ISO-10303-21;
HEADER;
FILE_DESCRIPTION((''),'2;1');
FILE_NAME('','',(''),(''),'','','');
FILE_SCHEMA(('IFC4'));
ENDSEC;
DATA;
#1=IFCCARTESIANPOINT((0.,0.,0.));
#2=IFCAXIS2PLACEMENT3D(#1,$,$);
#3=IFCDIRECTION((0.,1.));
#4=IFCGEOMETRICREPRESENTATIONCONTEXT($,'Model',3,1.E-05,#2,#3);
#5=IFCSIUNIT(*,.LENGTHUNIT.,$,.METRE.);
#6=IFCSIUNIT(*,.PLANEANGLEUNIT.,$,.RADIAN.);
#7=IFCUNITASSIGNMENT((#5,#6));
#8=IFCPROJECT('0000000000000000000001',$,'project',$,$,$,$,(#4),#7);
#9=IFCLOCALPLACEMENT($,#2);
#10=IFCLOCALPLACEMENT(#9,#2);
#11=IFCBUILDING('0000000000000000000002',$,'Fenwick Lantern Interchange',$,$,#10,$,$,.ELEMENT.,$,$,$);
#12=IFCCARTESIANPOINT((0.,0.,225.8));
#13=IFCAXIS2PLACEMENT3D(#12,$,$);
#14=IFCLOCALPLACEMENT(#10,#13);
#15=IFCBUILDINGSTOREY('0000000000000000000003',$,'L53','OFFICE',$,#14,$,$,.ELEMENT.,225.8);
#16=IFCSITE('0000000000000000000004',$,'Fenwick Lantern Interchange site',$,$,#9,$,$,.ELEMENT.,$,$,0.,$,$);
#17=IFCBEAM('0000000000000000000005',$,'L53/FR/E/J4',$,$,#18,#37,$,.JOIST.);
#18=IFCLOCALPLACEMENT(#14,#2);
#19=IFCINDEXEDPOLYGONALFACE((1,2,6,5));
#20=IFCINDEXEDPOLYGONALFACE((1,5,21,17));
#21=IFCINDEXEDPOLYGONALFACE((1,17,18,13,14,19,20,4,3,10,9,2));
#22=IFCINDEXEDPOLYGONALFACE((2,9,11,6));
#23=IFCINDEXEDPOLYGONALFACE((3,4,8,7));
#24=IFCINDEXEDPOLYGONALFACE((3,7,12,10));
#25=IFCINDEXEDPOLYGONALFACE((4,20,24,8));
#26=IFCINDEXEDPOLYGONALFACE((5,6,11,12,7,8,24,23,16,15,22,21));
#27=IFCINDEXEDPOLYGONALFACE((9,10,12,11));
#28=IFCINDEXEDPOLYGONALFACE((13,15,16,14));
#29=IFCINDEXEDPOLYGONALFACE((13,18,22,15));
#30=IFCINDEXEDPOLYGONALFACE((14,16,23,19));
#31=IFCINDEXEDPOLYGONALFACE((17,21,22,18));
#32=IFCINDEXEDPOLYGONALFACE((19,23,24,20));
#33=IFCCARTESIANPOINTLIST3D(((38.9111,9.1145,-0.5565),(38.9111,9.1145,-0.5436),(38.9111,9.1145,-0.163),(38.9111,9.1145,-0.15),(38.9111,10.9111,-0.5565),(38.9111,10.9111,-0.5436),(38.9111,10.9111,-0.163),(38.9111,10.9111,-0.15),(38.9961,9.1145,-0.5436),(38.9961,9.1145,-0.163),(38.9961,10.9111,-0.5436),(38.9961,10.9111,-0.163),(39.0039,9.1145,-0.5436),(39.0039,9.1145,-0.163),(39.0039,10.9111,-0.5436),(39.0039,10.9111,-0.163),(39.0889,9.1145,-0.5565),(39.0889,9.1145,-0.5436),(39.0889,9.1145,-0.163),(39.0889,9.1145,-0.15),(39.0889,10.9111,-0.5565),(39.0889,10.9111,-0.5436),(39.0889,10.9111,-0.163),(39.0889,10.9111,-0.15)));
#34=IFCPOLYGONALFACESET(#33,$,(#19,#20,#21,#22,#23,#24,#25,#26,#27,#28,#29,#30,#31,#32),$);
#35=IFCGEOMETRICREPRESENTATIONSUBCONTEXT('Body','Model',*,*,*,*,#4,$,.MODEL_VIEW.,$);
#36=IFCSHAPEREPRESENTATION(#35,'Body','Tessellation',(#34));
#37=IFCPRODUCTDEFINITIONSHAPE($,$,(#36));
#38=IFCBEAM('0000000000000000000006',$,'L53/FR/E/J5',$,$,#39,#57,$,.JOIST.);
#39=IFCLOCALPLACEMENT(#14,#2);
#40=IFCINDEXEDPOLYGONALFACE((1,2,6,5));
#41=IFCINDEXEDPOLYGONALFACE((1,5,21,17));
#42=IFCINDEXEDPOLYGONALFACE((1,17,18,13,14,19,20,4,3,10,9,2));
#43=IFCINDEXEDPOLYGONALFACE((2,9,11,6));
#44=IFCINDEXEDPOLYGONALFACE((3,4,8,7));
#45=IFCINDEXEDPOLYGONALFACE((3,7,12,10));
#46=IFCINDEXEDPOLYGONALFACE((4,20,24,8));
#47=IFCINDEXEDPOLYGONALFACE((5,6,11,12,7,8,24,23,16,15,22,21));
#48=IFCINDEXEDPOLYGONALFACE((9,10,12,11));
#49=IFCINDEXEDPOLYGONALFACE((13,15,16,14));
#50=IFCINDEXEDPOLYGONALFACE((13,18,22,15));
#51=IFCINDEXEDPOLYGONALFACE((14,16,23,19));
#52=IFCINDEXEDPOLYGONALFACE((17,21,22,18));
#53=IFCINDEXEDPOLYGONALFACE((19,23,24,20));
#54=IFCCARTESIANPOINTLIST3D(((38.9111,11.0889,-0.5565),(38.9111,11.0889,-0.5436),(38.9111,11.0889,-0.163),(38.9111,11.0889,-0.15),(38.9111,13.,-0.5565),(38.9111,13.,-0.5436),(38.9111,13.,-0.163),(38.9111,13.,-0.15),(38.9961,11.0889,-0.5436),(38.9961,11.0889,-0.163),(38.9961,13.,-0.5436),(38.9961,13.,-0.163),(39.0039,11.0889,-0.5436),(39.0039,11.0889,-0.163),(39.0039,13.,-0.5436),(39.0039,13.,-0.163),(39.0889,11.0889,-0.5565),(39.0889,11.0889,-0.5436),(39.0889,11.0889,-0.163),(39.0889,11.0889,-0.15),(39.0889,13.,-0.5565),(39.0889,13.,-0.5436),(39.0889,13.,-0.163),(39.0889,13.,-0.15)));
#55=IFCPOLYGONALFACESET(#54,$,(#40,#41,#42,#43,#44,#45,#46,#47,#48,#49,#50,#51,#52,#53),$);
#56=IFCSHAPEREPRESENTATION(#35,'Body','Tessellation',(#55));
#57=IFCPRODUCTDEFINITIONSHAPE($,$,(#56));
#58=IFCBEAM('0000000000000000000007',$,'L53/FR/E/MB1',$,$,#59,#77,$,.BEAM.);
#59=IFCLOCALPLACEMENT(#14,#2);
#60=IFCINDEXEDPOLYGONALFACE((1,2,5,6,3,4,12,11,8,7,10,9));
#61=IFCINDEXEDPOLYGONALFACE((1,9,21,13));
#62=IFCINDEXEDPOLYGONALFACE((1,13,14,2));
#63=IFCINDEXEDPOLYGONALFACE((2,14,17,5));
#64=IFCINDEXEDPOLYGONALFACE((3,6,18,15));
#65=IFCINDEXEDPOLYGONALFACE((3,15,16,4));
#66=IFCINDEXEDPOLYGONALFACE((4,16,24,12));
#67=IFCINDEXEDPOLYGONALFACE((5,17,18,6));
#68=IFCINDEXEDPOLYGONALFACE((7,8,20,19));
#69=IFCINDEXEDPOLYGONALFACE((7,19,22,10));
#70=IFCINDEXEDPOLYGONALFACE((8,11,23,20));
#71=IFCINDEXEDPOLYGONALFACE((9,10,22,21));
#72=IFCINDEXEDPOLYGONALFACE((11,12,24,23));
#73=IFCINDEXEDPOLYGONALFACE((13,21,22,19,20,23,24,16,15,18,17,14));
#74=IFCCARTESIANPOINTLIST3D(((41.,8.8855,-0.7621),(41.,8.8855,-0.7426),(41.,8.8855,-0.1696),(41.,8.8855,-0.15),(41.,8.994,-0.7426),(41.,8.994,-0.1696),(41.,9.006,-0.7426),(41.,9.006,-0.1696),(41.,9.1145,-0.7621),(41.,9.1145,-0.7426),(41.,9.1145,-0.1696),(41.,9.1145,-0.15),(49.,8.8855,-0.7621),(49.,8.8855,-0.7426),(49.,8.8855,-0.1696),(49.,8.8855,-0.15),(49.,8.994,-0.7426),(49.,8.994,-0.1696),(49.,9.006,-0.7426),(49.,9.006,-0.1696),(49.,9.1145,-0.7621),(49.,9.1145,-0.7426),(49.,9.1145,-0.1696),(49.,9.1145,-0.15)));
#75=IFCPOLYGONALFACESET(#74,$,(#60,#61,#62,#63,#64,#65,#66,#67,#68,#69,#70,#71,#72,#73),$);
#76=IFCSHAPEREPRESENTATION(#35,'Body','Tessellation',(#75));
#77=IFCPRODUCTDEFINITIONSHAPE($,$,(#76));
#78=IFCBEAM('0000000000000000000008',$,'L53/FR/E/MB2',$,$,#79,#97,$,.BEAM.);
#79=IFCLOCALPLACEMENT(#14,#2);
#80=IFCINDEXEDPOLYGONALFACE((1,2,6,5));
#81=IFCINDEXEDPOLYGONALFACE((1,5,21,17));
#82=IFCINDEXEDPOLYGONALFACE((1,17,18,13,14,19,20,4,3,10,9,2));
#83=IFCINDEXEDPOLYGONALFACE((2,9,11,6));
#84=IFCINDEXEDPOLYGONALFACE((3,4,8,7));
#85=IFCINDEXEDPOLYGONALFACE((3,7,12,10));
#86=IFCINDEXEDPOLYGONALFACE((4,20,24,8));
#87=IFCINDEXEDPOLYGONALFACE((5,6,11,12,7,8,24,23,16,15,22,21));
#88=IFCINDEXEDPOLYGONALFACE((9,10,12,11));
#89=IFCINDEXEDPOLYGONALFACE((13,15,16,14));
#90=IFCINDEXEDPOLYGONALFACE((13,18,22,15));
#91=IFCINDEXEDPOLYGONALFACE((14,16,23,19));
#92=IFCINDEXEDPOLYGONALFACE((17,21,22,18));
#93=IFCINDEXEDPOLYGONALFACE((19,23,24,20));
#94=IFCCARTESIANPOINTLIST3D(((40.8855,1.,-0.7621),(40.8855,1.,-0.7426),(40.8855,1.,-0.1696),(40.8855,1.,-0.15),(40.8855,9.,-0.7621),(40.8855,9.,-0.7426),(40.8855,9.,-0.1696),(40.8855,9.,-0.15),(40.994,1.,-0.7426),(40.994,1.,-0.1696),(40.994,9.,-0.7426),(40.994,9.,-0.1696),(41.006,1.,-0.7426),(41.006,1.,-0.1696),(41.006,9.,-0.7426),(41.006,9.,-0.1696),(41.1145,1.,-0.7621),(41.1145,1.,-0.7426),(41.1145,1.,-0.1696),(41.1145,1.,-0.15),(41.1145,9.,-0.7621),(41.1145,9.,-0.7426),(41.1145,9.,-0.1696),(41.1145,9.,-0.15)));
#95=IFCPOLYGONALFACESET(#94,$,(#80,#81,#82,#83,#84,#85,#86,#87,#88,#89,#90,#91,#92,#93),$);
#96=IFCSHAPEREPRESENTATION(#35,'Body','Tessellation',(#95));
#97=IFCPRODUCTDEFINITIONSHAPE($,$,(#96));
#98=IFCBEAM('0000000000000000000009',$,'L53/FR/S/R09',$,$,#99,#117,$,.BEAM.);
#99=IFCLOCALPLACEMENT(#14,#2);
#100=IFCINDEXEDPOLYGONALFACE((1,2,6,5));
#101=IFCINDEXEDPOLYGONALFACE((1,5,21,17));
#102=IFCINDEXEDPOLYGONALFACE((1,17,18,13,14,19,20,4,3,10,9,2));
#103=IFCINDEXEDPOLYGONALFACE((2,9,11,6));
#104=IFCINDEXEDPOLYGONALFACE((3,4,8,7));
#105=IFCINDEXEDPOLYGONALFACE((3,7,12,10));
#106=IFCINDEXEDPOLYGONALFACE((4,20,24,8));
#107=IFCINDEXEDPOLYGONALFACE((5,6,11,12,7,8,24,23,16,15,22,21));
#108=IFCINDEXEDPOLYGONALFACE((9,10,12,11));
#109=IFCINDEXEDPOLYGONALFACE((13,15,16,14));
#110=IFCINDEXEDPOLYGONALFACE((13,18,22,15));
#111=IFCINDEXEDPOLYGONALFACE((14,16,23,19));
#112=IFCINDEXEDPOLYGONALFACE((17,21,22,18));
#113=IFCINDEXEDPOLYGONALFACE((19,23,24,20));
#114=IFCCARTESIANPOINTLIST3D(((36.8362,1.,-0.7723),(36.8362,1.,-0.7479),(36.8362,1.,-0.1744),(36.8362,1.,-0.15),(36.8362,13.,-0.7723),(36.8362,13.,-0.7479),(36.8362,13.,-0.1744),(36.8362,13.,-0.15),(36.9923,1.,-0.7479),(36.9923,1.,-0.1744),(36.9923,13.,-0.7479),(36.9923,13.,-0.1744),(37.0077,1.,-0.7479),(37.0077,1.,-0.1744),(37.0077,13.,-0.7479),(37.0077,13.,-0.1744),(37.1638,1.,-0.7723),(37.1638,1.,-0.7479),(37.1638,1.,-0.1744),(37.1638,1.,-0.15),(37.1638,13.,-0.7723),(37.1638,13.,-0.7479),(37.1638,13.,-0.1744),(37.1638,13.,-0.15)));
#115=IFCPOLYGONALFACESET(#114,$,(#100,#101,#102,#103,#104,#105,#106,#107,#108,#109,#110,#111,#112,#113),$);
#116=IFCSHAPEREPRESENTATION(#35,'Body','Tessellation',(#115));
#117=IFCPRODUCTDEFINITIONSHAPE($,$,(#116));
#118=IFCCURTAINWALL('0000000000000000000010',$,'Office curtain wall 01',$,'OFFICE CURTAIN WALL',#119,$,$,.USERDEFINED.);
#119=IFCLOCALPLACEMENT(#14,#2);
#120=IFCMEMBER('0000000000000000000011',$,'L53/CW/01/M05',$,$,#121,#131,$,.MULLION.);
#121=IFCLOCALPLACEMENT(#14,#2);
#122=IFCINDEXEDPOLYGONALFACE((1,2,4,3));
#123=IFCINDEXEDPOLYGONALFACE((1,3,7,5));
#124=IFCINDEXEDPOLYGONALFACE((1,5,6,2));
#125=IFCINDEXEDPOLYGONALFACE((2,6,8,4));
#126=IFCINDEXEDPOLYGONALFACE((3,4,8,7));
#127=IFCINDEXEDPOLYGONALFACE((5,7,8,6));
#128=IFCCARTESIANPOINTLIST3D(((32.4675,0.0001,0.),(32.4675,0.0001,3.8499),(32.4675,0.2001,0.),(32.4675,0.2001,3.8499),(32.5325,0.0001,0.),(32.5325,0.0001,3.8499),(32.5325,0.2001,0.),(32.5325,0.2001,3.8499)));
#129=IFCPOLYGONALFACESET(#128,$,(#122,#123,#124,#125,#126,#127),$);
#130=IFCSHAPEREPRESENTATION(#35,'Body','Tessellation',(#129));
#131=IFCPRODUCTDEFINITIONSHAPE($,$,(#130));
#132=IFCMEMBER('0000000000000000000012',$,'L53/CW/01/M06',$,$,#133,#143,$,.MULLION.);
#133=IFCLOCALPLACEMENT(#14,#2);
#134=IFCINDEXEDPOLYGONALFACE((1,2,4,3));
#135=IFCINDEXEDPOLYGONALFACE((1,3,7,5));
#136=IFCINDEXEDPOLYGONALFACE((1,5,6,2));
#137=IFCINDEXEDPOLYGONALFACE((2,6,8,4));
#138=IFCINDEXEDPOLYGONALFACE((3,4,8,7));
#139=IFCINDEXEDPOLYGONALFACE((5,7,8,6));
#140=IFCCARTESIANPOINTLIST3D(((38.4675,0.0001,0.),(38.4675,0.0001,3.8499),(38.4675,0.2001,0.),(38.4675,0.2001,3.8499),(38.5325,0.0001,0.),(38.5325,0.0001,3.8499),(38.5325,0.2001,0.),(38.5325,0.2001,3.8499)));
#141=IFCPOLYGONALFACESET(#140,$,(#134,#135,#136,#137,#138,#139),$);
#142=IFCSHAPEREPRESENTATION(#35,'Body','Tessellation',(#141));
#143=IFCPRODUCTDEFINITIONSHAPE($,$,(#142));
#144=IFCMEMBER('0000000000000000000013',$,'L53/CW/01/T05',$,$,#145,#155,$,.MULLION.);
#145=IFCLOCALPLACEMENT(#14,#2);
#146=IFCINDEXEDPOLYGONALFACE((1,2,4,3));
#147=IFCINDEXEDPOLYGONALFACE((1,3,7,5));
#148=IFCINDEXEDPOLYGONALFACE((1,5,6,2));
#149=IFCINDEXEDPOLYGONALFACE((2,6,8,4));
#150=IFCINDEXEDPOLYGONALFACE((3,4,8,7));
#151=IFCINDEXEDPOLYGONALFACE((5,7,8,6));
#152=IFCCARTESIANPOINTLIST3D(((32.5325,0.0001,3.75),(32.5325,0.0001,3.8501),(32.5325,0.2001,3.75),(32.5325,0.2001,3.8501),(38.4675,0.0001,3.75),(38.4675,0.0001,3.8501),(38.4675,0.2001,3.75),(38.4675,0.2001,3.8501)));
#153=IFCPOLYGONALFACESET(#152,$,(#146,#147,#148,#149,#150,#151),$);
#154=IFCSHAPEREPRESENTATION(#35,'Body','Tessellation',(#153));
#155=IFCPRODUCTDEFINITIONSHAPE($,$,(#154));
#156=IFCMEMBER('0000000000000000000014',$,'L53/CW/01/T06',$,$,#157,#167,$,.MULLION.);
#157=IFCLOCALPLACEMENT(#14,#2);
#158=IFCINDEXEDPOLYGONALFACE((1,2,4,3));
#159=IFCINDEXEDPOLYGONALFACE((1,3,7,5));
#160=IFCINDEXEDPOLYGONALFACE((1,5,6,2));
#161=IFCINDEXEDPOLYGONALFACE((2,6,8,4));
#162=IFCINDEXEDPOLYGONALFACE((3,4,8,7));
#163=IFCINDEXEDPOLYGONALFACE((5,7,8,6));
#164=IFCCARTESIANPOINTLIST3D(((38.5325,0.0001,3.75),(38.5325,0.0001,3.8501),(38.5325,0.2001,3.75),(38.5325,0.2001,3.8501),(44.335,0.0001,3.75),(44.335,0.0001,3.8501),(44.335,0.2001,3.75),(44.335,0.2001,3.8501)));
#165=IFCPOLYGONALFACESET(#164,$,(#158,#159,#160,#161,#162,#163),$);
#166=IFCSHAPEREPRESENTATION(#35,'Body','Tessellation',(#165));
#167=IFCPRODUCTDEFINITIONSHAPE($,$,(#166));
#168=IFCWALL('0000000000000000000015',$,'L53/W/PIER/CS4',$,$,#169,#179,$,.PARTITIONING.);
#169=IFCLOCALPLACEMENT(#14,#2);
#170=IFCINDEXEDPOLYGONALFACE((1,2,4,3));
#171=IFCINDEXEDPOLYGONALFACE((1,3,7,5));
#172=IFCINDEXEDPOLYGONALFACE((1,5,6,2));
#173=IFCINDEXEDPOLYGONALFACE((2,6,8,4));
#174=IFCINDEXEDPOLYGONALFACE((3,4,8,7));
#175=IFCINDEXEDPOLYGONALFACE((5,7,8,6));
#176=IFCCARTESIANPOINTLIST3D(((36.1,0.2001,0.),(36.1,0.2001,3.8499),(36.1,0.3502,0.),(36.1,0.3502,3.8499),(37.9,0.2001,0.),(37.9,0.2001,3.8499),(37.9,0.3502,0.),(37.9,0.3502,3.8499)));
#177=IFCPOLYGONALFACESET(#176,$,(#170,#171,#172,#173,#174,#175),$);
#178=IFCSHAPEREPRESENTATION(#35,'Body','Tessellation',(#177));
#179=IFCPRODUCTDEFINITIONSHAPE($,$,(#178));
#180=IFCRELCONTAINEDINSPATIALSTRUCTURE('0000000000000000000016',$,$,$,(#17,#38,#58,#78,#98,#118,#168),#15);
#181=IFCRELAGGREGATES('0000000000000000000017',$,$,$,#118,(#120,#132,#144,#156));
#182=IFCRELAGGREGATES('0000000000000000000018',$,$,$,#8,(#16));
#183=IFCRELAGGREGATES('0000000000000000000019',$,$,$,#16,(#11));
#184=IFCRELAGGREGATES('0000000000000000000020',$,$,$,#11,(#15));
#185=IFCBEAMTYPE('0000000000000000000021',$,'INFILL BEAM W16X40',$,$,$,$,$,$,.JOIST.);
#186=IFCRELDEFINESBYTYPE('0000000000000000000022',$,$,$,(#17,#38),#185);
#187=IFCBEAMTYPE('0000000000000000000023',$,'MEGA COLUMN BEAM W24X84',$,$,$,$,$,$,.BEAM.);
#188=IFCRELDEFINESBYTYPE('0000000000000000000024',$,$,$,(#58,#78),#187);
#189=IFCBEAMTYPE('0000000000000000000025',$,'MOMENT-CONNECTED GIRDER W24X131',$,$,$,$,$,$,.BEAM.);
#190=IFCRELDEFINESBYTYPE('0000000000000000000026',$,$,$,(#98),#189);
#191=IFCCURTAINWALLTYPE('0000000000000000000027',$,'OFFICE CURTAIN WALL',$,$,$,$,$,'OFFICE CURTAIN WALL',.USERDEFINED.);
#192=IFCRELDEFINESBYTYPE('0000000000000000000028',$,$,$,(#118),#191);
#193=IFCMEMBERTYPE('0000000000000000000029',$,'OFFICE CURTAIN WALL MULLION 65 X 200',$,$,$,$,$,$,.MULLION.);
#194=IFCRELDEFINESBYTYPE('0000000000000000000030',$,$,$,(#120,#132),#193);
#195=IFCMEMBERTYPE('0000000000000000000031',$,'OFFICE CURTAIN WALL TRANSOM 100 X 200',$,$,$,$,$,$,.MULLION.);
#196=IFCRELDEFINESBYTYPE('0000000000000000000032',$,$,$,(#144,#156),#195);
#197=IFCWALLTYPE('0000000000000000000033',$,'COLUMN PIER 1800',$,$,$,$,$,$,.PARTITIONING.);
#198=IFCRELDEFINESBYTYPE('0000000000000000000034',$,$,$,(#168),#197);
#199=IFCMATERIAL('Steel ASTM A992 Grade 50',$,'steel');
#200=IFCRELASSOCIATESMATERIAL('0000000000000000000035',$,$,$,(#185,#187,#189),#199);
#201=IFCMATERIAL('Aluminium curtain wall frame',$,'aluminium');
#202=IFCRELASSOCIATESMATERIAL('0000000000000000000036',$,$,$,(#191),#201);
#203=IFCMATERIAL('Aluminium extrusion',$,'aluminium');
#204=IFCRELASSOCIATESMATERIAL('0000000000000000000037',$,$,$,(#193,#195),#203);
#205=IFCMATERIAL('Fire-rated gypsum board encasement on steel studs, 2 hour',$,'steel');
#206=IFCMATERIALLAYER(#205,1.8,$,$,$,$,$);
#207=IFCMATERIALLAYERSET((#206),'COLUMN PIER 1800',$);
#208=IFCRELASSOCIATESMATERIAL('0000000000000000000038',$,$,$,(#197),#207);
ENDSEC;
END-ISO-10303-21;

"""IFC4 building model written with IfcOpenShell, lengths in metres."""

from ifc_helpers import new_model, si_unit, direction, frame, frame_2d, origin, origin_2d, place, context, subcontext, project, spatial, rectangle, i_section, extrude, material, layer, layer_set, material_profile, profile_set, type_object, element, aggregate, save


model = new_model("IFC4")

# Units and contexts
model_context = context("Model", 3, precision=1e-05, world=origin(), true_north=direction((0.0, 1.0)))
body_context = subcontext(model_context, "Body", "Model", "MODEL_VIEW")
ifc_project = project(units=[si_unit("LENGTHUNIT", "METRE"), si_unit("PLANEANGLEUNIT", "RADIAN")], contexts=[model_context])

# Site, building, storey
site_placement = place(None, origin())
site = spatial("IfcSite", under=ifc_project, at=site_placement, Name="Fenwick Lantern Interchange site", CompositionType="ELEMENT", RefElevation=0.0)
building_placement = place(site_placement, origin())
building = spatial("IfcBuilding", under=site, at=building_placement, Name="Fenwick Lantern Interchange", CompositionType="ELEMENT")
storey_placement = place(building_placement, frame((0.0, 0.0, 225.8)))
storey = spatial("IfcBuildingStorey", under=building, at=storey_placement, Name="L53", Description="OFFICE", CompositionType="ELEMENT", Elevation=225.8)

# Beams
ifc_material_1 = material(Name="Steel ASTM A992 Grade 50", Category="steel")
ifc_material_profile_1 = material_profile(ifc_material_1, i_section(OverallWidth=0.1777, OverallDepth=0.4065, WebThickness=0.0078, FlangeThickness=0.0129, at=origin_2d()), Name="W16X40")
ifc_profile_set_1 = profile_set([ifc_material_profile_1], Name="Steel ASTM A992 Grade 50")
beam_type_1 = type_object("IfcBeamType", Name="INFILL BEAM W16X40", PredefinedType="JOIST", material=ifc_profile_set_1)
beam_1_placement = place(storey_placement, frame((39.0, 9.1145, -0.3533), z_axis=(0.0, 1.0, 0.0), x_axis=(-1.0, 0.0, 0.0)))
element("IfcBeam", 1, at=beam_1_placement, inside=storey, type_object=beam_type_1, Name="L53/FR/E/J4", PredefinedType="JOIST", context=body_context, shape_type="SweptSolid", body=[
    extrude(i_section(OverallWidth=0.1777, OverallDepth=0.4065, WebThickness=0.0078, FlangeThickness=0.0129, at=origin_2d()), origin(), (0.0, 0.0, 1.0), 1.7966),
])
beam_2_placement = place(storey_placement, frame((39.0, 11.0889, -0.3533), z_axis=(0.0, 1.0, 0.0), x_axis=(-1.0, 0.0, 0.0)))
element("IfcBeam", 2, at=beam_2_placement, inside=storey, type_object=beam_type_1, Name="L53/FR/E/J5", PredefinedType="JOIST", context=body_context, shape_type="SweptSolid", body=[
    extrude(i_section(OverallWidth=0.1777, OverallDepth=0.4065, WebThickness=0.0078, FlangeThickness=0.0129, at=origin_2d()), origin(), (0.0, 0.0, 1.0), 1.9111),
])
ifc_material_profile_2 = material_profile(ifc_material_1, i_section(OverallWidth=0.229, OverallDepth=0.6121, WebThickness=0.012, FlangeThickness=0.0195, at=origin_2d()), Name="W24X84")
ifc_profile_set_2 = profile_set([ifc_material_profile_2], Name="Steel ASTM A992 Grade 50")
beam_type_2 = type_object("IfcBeamType", Name="MEGA COLUMN BEAM W24X84", PredefinedType="BEAM", material=ifc_profile_set_2)
for number, where, z_axis, x_axis, name in (
    (3, (41.0, 9.0, -0.4561), (1.0, 0.0, 0.0), (0.0, 1.0, 0.0), "L53/FR/E/MB1"),
    (4, (41.0, 9.0, -0.4561), (0.0, -1.0, 0.0), (1.0, 0.0, 0.0), "L53/FR/E/MB2"),
):
    element("IfcBeam", number, at=place(storey_placement, frame(where, z_axis=z_axis, x_axis=x_axis)), inside=storey, type_object=beam_type_2, Name=name, PredefinedType="BEAM", context=body_context, shape_type="SweptSolid", body=[
        extrude(i_section(OverallWidth=0.229, OverallDepth=0.6121, WebThickness=0.012, FlangeThickness=0.0195, at=origin_2d()), origin(), (0.0, 0.0, 1.0), 8.0),
    ])
ifc_material_profile_3 = material_profile(ifc_material_1, i_section(OverallWidth=0.3276, OverallDepth=0.6223, WebThickness=0.0154, FlangeThickness=0.0244, at=origin_2d()), Name="W24X131")
ifc_profile_set_3 = profile_set([ifc_material_profile_3], Name="Steel ASTM A992 Grade 50")
beam_type_3 = type_object("IfcBeamType", Name="MOMENT-CONNECTED GIRDER W24X131", PredefinedType="BEAM", material=ifc_profile_set_3)
beam_3_placement = place(storey_placement, frame((37.0, 1.0, -0.4612), z_axis=(0.0, 1.0, 0.0), x_axis=(-1.0, 0.0, 0.0)))
element("IfcBeam", 5, at=beam_3_placement, inside=storey, type_object=beam_type_3, Name="L53/FR/S/R09", PredefinedType="BEAM", context=body_context, shape_type="SweptSolid", body=[
    extrude(i_section(OverallWidth=0.3276, OverallDepth=0.6223, WebThickness=0.0154, FlangeThickness=0.0244, at=origin_2d()), origin(), (0.0, 0.0, 1.0), 12.0),
])

# Curtain wall, members
ifc_material_2 = material(Name="Aluminium curtain wall frame", Category="aluminium")
curtain_wall_type = type_object("IfcCurtainWallType", Name="OFFICE CURTAIN WALL", ElementType="OFFICE CURTAIN WALL", PredefinedType="USERDEFINED", material=ifc_material_2)
curtain_wall_placement = place(storey_placement, origin())
curtain_wall = element("IfcCurtainWall", 6, at=curtain_wall_placement, inside=storey, type_object=curtain_wall_type, Name="Office curtain wall 01", ObjectType="OFFICE CURTAIN WALL", PredefinedType="USERDEFINED")
ifc_material_3 = material(Name="Aluminium extrusion", Category="aluminium")
ifc_material_profile_4 = material_profile(ifc_material_3, rectangle(XDim=0.2, YDim=0.0649, at=origin_2d()), Name="OFFICE CURTAIN WALL MULLION 65 X 200")
ifc_profile_set_4 = profile_set([ifc_material_profile_4], Name="Aluminium extrusion")
member_type_1 = type_object("IfcMemberType", Name="OFFICE CURTAIN WALL MULLION 65 X 200", PredefinedType="MULLION", material=ifc_profile_set_4)
member_1_placement = place(storey_placement, frame((32.5, 0.1001, 0.0), z_axis=(0.0, 0.0, 1.0), x_axis=(0.0, 1.0, 0.0)))
member_1 = element("IfcMember", 7, at=member_1_placement, type_object=member_type_1, Name="L53/CW/01/M05", PredefinedType="MULLION", context=body_context, shape_type="SweptSolid", body=[
    extrude(rectangle(XDim=0.2, YDim=0.0649, at=origin_2d()), origin(), (0.0, 0.0, 1.0), 3.8499),
])
member_2_placement = place(storey_placement, frame((38.5, 0.1001, 0.0), z_axis=(0.0, 0.0, 1.0), x_axis=(0.0, 1.0, 0.0)))
member_2 = element("IfcMember", 8, at=member_2_placement, type_object=member_type_1, Name="L53/CW/01/M06", PredefinedType="MULLION", context=body_context, shape_type="SweptSolid", body=[
    extrude(rectangle(XDim=0.2, YDim=0.0649, at=origin_2d()), origin(), (0.0, 0.0, 1.0), 3.8499),
])
ifc_material_profile_5 = material_profile(ifc_material_3, rectangle(XDim=0.2, YDim=0.1001, at=origin_2d()), Name="OFFICE CURTAIN WALL TRANSOM 100 X 200")
ifc_profile_set_5 = profile_set([ifc_material_profile_5], Name="Aluminium extrusion")
member_type_2 = type_object("IfcMemberType", Name="OFFICE CURTAIN WALL TRANSOM 100 X 200", PredefinedType="MULLION", material=ifc_profile_set_5)
member_3_placement = place(storey_placement, frame((32.5325, 0.1001, 3.8), z_axis=(1.0, 0.0, 0.0), x_axis=(0.0, 1.0, 0.0)))
member_3 = element("IfcMember", 9, at=member_3_placement, type_object=member_type_2, Name="L53/CW/01/T05", PredefinedType="MULLION", context=body_context, shape_type="SweptSolid", body=[
    extrude(rectangle(XDim=0.2, YDim=0.1001, at=origin_2d()), origin(), (0.0, 0.0, 1.0), 5.9351),
])
member_4_placement = place(storey_placement, frame((38.5325, 0.1001, 3.8), z_axis=(1.0, 0.0, 0.0), x_axis=(0.0, 1.0, 0.0)))
member_4 = element("IfcMember", 10, at=member_4_placement, type_object=member_type_2, Name="L53/CW/01/T06", PredefinedType="MULLION", context=body_context, shape_type="SweptSolid", body=[
    extrude(rectangle(XDim=0.2, YDim=0.1001, at=origin_2d()), origin(), (0.0, 0.0, 1.0), 5.8025),
])
aggregate(curtain_wall, [member_1, member_2, member_3, member_4])

# Wall
ifc_material_4 = material(Name="Fire-rated gypsum board encasement on steel studs, 2 hour", Category="steel")
ifc_layer_1 = layer(ifc_material_4, 1.8)
ifc_layer_set_1 = layer_set([ifc_layer_1], Name="COLUMN PIER 1800")
wall_type_1 = type_object("IfcWallType", Name="COLUMN PIER 1800", PredefinedType="PARTITIONING", material=ifc_layer_set_1)
wall_1_placement = place(storey_placement, frame((37.0, 0.2, 0.0), z_axis=(0.0, 0.0, 1.0), x_axis=(0.0, 1.0, 0.0)))
element("IfcWall", 11, at=wall_1_placement, inside=storey, type_object=wall_type_1, Name="L53/W/PIER/CS4", PredefinedType="PARTITIONING", context=body_context, shape_type="SweptSolid", body=[
    extrude(rectangle(XDim=0.1501, YDim=1.8, at=frame_2d((0.0752, 0.0))), origin(), (0.0, 0.0, 1.0), 3.8499),
])

save(model, "model.ifc")
